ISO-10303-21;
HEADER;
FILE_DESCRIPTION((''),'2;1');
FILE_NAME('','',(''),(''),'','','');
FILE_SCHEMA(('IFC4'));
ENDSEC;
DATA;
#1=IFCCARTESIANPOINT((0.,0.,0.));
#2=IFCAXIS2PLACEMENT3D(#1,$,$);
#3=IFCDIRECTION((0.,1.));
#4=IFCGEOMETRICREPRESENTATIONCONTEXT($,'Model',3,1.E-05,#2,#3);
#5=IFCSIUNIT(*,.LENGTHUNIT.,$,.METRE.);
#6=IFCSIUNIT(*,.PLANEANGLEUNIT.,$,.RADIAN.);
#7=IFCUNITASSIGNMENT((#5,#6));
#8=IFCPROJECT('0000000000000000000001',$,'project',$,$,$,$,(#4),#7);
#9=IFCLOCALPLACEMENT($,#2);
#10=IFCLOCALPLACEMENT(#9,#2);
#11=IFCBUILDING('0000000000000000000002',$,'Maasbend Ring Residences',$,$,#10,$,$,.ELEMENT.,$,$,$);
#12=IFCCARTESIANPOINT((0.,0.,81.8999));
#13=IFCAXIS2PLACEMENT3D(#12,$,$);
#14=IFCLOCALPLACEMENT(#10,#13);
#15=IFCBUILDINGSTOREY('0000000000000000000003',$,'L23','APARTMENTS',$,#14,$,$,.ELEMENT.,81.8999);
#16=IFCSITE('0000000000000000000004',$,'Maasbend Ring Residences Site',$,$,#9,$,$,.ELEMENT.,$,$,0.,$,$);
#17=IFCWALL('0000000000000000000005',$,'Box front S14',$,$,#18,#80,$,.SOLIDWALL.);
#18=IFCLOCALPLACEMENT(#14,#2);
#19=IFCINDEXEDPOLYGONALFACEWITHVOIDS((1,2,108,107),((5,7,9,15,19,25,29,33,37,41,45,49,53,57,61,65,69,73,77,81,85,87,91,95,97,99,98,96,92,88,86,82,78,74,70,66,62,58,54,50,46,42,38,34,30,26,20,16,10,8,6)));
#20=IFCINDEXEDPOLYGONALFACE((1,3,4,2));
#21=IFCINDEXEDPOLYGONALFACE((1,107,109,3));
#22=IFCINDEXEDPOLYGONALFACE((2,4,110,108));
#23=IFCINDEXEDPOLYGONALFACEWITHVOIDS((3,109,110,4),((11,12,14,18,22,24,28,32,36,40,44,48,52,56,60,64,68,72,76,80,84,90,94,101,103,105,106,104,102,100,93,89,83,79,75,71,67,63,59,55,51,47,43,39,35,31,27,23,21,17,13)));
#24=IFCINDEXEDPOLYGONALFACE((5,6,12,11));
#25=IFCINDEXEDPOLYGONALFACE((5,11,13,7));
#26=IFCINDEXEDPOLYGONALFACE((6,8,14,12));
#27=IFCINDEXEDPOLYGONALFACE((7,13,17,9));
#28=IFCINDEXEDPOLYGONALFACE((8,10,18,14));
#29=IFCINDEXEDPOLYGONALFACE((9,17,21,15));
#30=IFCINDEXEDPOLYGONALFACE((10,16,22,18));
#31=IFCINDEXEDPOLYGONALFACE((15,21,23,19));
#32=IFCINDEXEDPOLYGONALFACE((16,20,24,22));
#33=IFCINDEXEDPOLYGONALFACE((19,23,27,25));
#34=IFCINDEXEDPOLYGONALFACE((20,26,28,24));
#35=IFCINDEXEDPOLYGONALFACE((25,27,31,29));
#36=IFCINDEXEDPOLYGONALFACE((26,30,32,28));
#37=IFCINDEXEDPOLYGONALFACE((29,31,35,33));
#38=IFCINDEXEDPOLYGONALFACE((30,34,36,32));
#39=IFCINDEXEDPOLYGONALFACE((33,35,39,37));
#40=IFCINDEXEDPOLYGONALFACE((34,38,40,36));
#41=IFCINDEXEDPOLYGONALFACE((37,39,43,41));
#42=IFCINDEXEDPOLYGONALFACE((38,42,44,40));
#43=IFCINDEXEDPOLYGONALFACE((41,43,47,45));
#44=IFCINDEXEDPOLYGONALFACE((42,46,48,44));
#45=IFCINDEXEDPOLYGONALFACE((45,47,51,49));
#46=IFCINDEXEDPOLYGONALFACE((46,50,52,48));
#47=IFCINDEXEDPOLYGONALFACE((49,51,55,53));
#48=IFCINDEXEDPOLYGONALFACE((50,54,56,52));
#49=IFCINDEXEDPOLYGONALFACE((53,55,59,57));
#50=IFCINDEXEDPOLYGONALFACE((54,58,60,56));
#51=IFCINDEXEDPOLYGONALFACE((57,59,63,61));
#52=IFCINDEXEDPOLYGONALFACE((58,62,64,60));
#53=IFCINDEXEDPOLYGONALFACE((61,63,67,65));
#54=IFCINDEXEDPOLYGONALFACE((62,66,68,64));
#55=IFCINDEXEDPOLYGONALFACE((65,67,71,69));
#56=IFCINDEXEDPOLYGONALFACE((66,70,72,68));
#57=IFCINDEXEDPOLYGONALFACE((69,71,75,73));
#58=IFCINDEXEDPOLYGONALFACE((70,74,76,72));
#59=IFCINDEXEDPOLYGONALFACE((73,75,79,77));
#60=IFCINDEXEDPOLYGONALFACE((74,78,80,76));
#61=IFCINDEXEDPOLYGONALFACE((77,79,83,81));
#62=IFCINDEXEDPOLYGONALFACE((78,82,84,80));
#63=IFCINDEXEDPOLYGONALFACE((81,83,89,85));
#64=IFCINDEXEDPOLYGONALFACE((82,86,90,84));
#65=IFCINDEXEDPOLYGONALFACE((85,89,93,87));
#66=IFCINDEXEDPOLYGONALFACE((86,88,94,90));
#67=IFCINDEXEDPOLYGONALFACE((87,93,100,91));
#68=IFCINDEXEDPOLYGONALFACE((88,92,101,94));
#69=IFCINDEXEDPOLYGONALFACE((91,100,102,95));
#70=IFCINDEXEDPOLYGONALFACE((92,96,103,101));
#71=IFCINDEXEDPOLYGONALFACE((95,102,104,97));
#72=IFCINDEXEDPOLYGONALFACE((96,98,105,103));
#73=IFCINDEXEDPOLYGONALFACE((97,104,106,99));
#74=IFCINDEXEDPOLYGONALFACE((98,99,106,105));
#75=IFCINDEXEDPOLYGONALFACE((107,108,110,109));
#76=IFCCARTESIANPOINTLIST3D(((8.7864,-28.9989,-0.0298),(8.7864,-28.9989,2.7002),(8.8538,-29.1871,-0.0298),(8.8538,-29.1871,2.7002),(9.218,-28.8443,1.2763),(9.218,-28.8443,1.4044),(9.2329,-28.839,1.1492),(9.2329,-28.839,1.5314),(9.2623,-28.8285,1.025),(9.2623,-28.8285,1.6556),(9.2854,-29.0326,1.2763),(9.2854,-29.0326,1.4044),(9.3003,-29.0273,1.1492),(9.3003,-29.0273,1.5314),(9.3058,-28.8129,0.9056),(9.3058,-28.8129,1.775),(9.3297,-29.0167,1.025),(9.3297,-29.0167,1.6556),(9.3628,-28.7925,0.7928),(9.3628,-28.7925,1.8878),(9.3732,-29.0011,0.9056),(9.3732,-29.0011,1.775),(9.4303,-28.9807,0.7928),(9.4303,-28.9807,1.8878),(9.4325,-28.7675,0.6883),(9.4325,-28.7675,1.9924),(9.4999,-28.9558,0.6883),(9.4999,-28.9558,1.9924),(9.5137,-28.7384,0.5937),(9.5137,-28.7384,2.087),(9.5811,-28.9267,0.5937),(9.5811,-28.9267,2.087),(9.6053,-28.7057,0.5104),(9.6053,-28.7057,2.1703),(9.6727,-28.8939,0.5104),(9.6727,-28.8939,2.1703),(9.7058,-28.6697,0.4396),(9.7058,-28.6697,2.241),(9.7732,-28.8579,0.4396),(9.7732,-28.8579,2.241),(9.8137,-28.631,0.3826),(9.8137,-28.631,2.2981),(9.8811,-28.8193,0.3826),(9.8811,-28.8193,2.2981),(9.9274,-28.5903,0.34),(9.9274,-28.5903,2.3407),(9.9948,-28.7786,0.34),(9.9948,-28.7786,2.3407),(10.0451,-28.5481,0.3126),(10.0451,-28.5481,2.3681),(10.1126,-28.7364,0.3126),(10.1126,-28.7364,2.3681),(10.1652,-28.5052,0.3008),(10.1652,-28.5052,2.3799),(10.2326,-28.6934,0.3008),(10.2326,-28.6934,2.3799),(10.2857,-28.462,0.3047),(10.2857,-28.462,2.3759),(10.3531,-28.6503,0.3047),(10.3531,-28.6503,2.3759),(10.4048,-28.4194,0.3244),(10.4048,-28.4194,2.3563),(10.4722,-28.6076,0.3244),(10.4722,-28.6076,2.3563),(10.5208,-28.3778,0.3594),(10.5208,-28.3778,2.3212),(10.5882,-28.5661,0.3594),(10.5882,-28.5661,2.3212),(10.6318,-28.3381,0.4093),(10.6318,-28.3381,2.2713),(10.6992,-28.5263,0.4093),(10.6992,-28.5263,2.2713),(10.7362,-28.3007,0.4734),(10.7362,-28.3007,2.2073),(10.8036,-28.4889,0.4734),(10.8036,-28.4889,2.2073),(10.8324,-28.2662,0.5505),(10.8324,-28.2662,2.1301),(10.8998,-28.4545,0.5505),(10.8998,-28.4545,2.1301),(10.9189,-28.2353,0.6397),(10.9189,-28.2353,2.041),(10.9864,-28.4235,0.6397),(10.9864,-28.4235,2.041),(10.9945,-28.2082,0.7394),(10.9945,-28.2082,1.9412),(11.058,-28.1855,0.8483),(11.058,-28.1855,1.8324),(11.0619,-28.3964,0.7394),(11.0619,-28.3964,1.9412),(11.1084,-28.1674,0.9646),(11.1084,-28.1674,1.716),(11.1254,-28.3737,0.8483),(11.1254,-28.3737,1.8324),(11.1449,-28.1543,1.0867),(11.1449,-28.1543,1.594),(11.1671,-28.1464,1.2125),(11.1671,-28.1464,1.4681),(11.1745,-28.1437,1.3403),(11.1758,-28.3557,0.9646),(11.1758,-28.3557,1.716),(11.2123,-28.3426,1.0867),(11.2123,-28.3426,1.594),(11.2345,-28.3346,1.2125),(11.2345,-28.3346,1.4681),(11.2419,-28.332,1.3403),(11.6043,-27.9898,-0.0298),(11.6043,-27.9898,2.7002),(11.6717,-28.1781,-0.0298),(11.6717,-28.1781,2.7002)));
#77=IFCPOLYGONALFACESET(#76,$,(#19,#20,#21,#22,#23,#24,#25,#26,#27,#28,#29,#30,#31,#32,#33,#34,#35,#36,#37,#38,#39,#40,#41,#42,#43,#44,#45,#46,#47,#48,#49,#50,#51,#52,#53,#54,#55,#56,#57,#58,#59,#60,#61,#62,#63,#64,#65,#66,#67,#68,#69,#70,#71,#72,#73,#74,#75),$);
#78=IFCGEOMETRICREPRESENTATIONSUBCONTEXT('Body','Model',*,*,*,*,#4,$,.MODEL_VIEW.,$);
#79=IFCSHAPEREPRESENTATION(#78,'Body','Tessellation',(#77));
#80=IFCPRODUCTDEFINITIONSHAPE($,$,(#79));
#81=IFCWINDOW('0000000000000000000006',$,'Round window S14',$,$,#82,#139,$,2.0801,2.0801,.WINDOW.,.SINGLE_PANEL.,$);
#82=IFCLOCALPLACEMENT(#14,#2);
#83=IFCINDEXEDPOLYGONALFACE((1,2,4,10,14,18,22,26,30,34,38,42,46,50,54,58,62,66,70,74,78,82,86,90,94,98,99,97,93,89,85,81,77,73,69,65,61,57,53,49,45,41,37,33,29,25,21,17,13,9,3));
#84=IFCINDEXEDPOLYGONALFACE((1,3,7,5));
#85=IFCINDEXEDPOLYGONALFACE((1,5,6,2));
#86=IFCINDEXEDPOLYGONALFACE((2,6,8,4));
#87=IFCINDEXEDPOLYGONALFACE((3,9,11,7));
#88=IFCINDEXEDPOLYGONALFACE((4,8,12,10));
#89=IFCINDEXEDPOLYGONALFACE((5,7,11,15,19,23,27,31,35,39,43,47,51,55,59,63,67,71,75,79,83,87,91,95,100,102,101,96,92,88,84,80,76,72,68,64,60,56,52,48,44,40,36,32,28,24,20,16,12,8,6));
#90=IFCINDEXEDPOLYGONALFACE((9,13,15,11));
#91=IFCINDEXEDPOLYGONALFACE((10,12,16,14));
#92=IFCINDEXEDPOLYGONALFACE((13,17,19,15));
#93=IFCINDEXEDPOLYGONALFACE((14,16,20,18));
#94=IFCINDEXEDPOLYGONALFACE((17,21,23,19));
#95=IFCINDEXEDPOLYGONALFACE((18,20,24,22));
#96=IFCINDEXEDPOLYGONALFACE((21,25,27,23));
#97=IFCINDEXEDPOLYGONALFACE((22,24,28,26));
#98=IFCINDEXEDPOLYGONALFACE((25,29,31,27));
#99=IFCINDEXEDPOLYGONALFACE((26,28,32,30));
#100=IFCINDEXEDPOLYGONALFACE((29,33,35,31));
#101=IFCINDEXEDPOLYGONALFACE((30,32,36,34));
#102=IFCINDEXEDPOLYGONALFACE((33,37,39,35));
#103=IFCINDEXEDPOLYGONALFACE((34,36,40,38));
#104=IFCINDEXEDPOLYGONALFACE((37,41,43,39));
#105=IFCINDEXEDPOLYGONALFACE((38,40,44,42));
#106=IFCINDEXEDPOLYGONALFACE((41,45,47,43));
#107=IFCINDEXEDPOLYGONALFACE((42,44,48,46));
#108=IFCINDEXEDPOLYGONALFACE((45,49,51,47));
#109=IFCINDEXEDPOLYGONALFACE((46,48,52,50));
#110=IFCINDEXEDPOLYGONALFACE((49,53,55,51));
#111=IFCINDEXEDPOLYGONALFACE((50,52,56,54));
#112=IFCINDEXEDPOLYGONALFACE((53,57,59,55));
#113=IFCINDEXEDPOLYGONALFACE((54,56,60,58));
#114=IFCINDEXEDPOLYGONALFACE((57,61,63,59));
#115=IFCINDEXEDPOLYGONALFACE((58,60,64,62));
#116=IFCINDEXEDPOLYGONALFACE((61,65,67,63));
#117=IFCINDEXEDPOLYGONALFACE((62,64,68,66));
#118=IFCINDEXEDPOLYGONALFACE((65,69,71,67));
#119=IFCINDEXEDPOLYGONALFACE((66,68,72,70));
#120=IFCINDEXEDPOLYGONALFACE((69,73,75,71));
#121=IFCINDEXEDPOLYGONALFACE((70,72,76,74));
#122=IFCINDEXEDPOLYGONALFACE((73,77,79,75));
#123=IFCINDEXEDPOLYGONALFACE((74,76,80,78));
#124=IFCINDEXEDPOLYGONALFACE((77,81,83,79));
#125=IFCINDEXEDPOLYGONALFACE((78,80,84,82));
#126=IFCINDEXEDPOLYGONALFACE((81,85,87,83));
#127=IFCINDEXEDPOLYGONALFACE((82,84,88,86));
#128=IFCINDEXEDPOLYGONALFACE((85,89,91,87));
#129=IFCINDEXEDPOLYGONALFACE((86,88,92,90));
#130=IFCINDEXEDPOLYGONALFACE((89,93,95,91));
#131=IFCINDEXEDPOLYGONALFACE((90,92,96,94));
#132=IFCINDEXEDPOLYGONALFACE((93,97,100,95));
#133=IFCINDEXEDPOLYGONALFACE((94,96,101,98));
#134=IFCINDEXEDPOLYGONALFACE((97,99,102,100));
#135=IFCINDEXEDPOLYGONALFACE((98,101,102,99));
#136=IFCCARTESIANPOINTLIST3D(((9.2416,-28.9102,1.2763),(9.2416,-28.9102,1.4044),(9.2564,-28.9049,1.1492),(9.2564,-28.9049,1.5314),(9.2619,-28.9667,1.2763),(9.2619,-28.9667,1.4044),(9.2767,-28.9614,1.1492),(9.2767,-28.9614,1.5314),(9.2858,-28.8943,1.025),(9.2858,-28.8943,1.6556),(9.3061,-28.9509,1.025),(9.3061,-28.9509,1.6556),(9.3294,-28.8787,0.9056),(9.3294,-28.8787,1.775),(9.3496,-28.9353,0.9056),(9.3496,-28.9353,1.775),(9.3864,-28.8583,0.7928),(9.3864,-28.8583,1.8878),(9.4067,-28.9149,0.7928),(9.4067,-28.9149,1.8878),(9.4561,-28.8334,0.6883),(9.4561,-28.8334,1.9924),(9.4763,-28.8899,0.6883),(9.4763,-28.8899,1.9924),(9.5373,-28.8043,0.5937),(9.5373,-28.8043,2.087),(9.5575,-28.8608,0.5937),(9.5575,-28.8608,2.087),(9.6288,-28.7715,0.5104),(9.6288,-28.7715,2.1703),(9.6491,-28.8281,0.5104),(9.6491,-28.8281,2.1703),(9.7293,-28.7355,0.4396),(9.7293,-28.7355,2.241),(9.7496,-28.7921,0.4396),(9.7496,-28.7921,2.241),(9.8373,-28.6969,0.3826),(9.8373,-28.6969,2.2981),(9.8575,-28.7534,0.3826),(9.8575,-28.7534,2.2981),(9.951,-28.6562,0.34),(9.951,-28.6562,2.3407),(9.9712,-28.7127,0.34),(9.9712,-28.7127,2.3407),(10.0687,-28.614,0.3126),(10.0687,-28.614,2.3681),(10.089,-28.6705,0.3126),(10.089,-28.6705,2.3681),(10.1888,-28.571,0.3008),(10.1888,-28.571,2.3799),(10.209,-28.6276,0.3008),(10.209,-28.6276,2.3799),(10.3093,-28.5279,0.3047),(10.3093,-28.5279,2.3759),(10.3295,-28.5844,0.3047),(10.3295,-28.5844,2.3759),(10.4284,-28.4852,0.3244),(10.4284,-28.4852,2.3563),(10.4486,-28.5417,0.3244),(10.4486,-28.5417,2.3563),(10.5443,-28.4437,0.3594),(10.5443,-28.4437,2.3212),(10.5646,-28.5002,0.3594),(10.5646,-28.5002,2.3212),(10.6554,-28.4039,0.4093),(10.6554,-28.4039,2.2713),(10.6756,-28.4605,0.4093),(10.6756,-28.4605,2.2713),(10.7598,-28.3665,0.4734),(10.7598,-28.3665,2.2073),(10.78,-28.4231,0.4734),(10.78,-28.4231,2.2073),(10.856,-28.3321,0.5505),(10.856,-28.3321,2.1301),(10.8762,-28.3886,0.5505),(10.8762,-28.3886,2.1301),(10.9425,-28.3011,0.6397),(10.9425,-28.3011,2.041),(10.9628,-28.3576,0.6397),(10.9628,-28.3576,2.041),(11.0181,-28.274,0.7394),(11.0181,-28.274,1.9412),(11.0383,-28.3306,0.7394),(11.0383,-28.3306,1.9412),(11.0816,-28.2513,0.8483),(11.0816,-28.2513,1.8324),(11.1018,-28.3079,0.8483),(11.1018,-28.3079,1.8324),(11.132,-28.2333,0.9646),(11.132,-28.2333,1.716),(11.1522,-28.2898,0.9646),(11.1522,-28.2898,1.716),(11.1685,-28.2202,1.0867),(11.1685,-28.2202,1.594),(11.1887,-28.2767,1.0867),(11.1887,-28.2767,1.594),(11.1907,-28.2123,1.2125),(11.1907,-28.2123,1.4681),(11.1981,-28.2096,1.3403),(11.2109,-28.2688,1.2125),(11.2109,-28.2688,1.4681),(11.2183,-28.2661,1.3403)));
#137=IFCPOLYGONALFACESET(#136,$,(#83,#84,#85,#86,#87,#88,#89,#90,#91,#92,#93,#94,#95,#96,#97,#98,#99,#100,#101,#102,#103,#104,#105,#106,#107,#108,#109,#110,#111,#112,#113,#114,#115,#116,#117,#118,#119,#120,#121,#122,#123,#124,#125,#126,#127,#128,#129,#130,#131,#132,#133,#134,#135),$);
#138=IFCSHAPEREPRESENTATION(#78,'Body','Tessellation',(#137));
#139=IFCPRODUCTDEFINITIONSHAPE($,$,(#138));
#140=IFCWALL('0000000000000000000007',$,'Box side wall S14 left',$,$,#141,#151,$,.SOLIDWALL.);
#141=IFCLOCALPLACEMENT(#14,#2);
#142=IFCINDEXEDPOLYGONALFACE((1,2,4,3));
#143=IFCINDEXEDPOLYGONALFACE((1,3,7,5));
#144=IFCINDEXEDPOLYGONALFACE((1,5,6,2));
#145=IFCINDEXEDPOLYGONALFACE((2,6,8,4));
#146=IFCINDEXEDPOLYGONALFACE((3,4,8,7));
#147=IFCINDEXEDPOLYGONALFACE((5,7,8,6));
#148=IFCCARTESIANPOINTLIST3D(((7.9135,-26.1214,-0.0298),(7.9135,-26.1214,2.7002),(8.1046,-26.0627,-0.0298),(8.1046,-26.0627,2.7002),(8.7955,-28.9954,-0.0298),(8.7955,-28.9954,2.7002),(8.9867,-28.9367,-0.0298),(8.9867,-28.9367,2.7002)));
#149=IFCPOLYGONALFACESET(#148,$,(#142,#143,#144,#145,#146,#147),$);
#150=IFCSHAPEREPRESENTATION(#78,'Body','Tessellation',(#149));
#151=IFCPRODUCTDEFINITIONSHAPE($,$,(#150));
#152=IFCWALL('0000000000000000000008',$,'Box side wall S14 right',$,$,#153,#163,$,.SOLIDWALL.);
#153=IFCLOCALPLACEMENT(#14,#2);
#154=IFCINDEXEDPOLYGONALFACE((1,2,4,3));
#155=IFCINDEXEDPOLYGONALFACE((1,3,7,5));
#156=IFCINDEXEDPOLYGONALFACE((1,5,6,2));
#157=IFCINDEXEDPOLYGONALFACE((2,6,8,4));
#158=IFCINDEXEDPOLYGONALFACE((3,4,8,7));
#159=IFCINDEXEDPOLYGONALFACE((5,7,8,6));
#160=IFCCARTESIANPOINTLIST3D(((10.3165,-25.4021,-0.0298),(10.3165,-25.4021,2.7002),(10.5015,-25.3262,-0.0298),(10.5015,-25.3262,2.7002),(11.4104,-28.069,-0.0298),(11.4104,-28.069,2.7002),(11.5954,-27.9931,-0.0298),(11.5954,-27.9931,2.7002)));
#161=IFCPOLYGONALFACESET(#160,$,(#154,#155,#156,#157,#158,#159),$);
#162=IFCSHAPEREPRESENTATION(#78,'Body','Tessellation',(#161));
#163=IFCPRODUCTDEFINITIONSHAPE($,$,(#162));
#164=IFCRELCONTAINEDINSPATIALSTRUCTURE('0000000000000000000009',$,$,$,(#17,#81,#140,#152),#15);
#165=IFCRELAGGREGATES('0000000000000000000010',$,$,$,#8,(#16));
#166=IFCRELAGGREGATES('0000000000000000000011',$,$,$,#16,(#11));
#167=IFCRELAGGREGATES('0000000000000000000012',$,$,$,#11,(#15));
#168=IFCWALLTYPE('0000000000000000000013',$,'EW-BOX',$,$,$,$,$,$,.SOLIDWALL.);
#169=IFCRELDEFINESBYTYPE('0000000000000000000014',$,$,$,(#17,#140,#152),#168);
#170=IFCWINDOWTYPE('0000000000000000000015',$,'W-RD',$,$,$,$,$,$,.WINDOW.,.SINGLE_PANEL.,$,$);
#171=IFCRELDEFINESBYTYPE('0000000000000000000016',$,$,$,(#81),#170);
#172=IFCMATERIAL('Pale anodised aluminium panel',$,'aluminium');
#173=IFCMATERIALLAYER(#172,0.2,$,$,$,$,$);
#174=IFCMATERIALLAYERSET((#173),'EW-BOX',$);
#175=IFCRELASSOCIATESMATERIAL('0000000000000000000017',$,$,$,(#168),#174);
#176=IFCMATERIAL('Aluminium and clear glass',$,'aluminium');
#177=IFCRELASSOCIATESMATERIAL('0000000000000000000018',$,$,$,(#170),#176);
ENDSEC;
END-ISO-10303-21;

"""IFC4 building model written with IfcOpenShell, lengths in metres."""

from ifc_helpers import new_model, si_unit, direction, frame, frame_2d, origin, place, context, subcontext, project, spatial, rectangle, circle, extrude, material, layer, layer_set, type_object, element, fill, save


model = new_model("IFC4")

# Units and contexts
model_context = context("Model", 3, precision=1e-05, world=origin(), true_north=direction((0.0, 1.0)))
body_context = subcontext(model_context, "Body", "Model", "MODEL_VIEW")
ifc_project = project(units=[si_unit("LENGTHUNIT", "METRE"), si_unit("PLANEANGLEUNIT", "RADIAN")], contexts=[model_context])

# Site, building, storey
site_placement = place(None, origin())
site = spatial("IfcSite", under=ifc_project, at=site_placement, Name="Maasbend Ring Residences Site", CompositionType="ELEMENT", RefElevation=0.0)
building_placement = place(site_placement, origin())
building = spatial("IfcBuilding", under=site, at=building_placement, Name="Maasbend Ring Residences", CompositionType="ELEMENT")
storey_placement = place(building_placement, frame((0.0, 0.0, 81.8999)))
storey = spatial("IfcBuildingStorey", under=building, at=storey_placement, Name="L23", Description="APARTMENTS", CompositionType="ELEMENT", Elevation=81.8999)

# Shared definitions
ifc_material_1 = material(Name="Pale anodised aluminium panel", Category="aluminium")
ifc_layer_1 = layer(ifc_material_1, 0.2)
ifc_layer_set_1 = layer_set([ifc_layer_1], Name="EW-BOX")
wall_type_1 = type_object("IfcWallType", Name="EW-BOX", PredefinedType="SOLIDWALL", material=ifc_layer_set_1)
ifc_material_2 = material(Name="Aluminium and clear glass", Category="aluminium")
window_type_1 = type_object("IfcWindowType", Name="W-RD", PartitioningType="SINGLE_PANEL", PredefinedType="WINDOW", material=ifc_material_2)

# Wall, opening, window
wall_1_placement = place(storey_placement, frame((8.8201, -29.093, -0.0298), z_axis=(0.0, 0.0, 1.0), x_axis=(0.941461, 0.337122, 0.0)))
wall_1 = element("IfcWall", 1, at=wall_1_placement, inside=storey, type_object=wall_type_1, Name="Box front S14", PredefinedType="SOLIDWALL", context=body_context, shape_type="SweptSolid", body=[
    extrude(rectangle(XDim=2.9932, YDim=0.2, at=frame_2d((1.4966, 0.0))), origin(), (0.0, 0.0, 1.0), 2.73),
])
opening_1_placement = place(wall_1_placement, frame((0.4565, 0.0, 0.3301)))
opening_1 = element("IfcOpeningElement", 2, at=opening_1_placement, cuts=wall_1, PredefinedType="OPENING", context=body_context, shape_type="SweptSolid", body=[
    extrude(circle(Radius=1.04, at=frame_2d((1.04, 1.04))), frame((0.0, 0.1099, 0.0), z_axis=(0.0, -1.0, 0.0), x_axis=(1.0, 0.0, 0.0)), (0.0, 0.0, 1.0), 0.22),
])
window_1_placement = place(opening_1_placement, origin())
window_1 = element("IfcWindow", 3, at=window_1_placement, inside=storey, type_object=window_type_1, Name="Round window S14", OverallHeight=2.0801, OverallWidth=2.0801, PartitioningType="SINGLE_PANEL", PredefinedType="WINDOW", context=body_context, shape_type="SweptSolid", body=[
    extrude(circle(Radius=1.04, at=frame_2d((1.04, 1.04))), frame((0.0, 0.03, 0.0), z_axis=(0.0, -1.0, 0.0), x_axis=(1.0, 0.0, 0.0)), (0.0, 0.0, 1.0), 0.0601),
])
fill(opening_1, window_1)

# Walls
wall_2_placement = place(storey_placement, frame((8.009, -26.092, -0.0298), z_axis=(0.0, 0.0, 1.0), x_axis=(0.293407, -0.955988, 0.0)))
element("IfcWall", 4, at=wall_2_placement, inside=storey, type_object=wall_type_1, Name="Box side wall S14 left", PredefinedType="SOLIDWALL", context=body_context, shape_type="SweptSolid", body=[
    extrude(rectangle(XDim=3.0063, YDim=0.2, at=frame_2d((1.5032, 0.0))), origin(), (0.0, 0.0, 1.0), 2.73),
])
wall_3_placement = place(storey_placement, frame((10.4089, -25.364, -0.0298), z_axis=(0.0, 0.0, 1.0), x_axis=(0.37951, -0.925188, 0.0)))
element("IfcWall", 5, at=wall_3_placement, inside=storey, type_object=wall_type_1, Name="Box side wall S14 right", PredefinedType="SOLIDWALL", context=body_context, shape_type="SweptSolid", body=[
    extrude(rectangle(XDim=2.8826, YDim=0.2, at=frame_2d((1.4414, 0.0))), origin(), (0.0, 0.0, 1.0), 2.73),
])

save(model, "model.ifc")
